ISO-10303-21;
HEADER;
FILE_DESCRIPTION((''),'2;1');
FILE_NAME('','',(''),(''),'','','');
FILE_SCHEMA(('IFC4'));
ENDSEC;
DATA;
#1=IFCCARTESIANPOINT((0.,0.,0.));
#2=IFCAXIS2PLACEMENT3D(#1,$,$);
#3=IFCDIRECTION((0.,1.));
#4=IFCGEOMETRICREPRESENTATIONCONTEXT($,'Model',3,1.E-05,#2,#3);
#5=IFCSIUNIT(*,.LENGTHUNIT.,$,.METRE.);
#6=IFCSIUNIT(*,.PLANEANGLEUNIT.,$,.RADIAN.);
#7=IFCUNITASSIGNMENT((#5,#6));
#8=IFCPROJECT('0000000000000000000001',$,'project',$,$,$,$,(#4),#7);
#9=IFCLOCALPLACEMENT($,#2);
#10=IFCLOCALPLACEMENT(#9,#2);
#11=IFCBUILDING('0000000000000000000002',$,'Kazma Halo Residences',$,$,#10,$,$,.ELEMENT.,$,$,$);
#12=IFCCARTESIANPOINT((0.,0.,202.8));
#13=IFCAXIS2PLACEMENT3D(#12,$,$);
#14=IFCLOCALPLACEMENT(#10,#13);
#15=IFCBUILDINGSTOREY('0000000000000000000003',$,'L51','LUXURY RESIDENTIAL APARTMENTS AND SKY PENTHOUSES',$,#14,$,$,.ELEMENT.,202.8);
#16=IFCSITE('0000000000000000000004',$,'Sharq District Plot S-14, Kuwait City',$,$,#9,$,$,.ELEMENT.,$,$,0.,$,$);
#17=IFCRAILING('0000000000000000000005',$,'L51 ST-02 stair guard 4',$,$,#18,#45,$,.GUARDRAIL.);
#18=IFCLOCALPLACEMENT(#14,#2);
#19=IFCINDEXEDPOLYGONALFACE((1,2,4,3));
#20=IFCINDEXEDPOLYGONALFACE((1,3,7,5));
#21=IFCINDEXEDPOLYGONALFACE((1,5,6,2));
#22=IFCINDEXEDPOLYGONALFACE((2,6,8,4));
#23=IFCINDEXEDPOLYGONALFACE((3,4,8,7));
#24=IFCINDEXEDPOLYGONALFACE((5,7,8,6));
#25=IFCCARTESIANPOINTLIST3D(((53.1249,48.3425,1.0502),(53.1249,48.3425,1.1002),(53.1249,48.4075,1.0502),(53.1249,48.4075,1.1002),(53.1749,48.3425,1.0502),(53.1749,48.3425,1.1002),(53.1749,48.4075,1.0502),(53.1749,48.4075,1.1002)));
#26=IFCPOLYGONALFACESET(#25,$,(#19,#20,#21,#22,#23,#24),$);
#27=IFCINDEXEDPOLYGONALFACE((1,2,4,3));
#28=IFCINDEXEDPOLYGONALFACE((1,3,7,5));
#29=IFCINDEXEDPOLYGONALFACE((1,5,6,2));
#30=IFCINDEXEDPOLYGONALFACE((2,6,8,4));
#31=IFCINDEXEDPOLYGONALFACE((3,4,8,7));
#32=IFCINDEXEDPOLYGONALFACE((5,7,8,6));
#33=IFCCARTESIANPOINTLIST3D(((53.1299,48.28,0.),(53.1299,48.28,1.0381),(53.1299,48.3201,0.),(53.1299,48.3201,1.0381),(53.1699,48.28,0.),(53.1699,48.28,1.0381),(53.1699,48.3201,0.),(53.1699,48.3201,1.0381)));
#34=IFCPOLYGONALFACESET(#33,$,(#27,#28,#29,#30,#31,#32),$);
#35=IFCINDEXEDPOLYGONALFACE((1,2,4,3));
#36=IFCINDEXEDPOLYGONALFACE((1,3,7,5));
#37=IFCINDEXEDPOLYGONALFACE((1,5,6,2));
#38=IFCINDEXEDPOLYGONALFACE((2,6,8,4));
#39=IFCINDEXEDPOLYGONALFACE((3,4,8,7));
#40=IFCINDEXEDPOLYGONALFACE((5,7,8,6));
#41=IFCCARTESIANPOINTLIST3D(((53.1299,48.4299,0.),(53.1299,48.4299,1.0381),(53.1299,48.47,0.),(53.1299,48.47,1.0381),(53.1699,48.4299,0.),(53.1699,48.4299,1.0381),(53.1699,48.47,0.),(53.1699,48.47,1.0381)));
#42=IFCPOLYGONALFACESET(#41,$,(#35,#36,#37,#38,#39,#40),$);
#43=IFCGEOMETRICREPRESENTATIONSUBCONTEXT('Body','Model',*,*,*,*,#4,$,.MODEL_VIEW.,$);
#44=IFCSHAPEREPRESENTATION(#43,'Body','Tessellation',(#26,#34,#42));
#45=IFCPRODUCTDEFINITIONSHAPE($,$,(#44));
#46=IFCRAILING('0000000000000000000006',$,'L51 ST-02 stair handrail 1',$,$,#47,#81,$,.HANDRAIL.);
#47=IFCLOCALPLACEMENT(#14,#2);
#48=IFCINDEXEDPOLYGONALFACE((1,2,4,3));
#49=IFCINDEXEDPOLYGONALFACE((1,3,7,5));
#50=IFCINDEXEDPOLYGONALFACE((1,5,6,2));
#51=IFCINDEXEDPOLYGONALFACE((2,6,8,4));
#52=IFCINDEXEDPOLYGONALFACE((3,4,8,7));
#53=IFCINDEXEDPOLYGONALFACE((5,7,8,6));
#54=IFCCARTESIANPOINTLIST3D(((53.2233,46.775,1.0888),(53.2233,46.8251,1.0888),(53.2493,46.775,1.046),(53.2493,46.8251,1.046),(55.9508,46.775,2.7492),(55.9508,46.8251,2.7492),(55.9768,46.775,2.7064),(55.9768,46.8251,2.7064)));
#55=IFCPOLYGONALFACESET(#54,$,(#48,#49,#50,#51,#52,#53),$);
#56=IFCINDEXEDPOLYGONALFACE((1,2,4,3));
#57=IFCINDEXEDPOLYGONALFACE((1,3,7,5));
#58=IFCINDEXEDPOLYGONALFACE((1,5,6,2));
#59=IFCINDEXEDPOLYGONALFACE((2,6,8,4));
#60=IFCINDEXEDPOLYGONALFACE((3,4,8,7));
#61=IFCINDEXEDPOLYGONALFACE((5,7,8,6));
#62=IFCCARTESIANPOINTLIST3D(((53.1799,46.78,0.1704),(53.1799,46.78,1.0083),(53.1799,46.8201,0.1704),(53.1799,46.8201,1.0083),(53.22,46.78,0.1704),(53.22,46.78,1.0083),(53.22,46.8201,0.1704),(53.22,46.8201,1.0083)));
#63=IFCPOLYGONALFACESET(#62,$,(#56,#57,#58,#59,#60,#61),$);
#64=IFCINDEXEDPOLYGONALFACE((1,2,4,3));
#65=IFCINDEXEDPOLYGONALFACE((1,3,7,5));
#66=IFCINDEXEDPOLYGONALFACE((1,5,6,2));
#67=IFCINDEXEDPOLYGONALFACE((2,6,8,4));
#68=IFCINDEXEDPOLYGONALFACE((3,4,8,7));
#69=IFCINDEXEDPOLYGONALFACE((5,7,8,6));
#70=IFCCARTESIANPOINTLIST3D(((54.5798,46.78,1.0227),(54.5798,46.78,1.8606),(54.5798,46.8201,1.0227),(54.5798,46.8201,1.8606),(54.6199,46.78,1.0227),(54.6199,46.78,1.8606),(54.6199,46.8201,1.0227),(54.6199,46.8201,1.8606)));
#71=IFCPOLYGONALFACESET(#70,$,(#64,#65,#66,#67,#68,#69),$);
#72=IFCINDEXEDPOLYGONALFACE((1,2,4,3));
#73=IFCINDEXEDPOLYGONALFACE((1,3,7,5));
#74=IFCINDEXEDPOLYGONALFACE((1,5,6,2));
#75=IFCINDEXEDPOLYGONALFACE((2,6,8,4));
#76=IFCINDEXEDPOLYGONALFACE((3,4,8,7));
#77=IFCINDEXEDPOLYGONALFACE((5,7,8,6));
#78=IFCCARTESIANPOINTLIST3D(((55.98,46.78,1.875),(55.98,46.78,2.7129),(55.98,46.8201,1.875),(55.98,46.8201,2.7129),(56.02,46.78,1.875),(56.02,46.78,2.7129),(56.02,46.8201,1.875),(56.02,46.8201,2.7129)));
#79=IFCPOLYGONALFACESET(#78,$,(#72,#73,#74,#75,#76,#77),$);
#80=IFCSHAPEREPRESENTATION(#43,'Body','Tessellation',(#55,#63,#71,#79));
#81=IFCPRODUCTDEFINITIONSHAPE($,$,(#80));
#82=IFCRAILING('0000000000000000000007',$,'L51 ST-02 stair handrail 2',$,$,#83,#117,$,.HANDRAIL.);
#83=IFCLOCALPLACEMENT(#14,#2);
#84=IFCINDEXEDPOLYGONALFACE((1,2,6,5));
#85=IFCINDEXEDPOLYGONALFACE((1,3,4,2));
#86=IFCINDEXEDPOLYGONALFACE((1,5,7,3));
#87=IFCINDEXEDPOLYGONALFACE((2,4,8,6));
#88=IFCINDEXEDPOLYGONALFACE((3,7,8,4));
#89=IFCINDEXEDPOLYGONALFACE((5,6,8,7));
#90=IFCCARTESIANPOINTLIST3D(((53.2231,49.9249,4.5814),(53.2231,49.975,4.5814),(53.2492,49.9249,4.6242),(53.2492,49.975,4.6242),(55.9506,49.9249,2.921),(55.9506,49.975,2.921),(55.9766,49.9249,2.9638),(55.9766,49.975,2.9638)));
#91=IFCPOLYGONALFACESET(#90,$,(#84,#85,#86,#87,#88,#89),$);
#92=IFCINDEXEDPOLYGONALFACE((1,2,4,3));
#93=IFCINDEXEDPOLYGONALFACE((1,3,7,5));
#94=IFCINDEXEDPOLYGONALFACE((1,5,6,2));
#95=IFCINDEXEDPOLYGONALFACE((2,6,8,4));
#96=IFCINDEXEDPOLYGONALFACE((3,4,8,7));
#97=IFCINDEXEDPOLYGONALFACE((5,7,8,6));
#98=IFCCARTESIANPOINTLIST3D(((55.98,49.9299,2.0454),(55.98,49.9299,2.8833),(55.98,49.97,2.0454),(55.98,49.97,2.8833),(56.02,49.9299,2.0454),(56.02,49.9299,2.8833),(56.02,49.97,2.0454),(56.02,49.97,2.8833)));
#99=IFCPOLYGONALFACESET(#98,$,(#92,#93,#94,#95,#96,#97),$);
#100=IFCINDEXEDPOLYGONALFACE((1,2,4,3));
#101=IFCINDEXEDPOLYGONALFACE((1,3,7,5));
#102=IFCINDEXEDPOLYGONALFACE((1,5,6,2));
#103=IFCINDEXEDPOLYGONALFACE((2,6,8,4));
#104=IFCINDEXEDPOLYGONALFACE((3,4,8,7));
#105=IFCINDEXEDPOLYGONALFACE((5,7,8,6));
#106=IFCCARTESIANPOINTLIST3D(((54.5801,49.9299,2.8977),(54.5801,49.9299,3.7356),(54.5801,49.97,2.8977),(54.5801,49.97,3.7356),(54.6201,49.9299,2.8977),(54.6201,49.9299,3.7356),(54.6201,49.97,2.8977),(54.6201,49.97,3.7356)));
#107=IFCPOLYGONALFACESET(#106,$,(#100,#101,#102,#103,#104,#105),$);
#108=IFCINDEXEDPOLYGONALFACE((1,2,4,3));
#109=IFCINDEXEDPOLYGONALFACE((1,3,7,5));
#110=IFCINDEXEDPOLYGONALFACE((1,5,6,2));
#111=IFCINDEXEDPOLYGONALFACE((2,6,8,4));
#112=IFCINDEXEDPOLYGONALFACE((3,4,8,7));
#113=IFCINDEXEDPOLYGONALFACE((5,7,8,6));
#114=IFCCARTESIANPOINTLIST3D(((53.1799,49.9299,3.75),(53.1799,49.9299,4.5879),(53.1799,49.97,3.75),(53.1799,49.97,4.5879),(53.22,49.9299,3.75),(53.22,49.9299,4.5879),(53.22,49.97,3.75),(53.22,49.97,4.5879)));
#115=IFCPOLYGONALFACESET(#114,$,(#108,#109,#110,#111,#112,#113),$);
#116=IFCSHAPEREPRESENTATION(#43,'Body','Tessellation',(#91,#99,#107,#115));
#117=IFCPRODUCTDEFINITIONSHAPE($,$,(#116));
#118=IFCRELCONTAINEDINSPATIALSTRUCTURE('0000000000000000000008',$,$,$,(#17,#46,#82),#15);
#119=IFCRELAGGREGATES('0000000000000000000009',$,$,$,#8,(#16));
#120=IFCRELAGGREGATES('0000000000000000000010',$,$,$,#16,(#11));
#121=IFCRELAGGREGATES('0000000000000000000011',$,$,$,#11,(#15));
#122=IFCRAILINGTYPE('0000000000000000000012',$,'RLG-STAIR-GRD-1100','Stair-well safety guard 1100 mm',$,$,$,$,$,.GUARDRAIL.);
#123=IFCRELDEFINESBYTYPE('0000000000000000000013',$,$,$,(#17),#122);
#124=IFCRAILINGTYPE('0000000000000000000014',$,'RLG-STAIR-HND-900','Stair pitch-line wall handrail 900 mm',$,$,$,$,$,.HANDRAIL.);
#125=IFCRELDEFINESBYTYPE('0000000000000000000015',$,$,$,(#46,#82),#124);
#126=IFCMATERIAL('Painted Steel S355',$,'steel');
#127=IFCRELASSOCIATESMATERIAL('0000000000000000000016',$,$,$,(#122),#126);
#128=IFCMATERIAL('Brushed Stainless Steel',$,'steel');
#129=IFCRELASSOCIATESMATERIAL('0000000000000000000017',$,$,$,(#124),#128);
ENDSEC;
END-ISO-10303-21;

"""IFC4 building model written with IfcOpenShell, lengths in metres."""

from ifc_helpers import new_model, si_unit, direction, frame, origin, origin_2d, place, context, subcontext, project, spatial, rectangle, extrude, material, type_object, element, save


model = new_model("IFC4")

# Units and contexts
model_context = context("Model", 3, precision=1e-05, world=origin(), true_north=direction((0.0, 1.0)))
body_context = subcontext(model_context, "Body", "Model", "MODEL_VIEW")
ifc_project = project(units=[si_unit("LENGTHUNIT", "METRE"), si_unit("PLANEANGLEUNIT", "RADIAN")], contexts=[model_context])

# Site, building, storey
site_placement = place(None, origin())
site = spatial("IfcSite", under=ifc_project, at=site_placement, Name="Sharq District Plot S-14, Kuwait City", CompositionType="ELEMENT", RefElevation=0.0)
building_placement = place(site_placement, origin())
building = spatial("IfcBuilding", under=site, at=building_placement, Name="Kazma Halo Residences", CompositionType="ELEMENT")
storey_placement = place(building_placement, frame((0.0, 0.0, 202.8)))
storey = spatial("IfcBuildingStorey", under=building, at=storey_placement, Name="L51", Description="LUXURY RESIDENTIAL APARTMENTS AND SKY PENTHOUSES", CompositionType="ELEMENT", Elevation=202.8)

# Railings
ifc_material_1 = material(Name="Painted Steel S355", Category="steel")
railing_type_1 = type_object("IfcRailingType", Name="RLG-STAIR-GRD-1100", Description="Stair-well safety guard 1100 mm", PredefinedType="GUARDRAIL", material=ifc_material_1)
railing_1_placement = place(storey_placement, frame((53.1499, 48.3, 0.0)))
element("IfcRailing", 1, at=railing_1_placement, inside=storey, type_object=railing_type_1, Name="L51 ST-02 stair guard 4", PredefinedType="GUARDRAIL", context=body_context, shape_type="SweptSolid", body=[
    extrude(rectangle(XDim=0.05, YDim=0.05, at=origin_2d()), frame((0.0, 0.0425, 1.0752), z_axis=(0.0, 1.0, 0.0), x_axis=(-1.0, 0.0, 0.0)), (0.0, 0.0, 1.0), 0.0649),
    extrude(rectangle(XDim=0.04, YDim=0.04, at=origin_2d()), origin(), (0.0, 0.0, 1.0), 1.0381),
    extrude(rectangle(XDim=0.04, YDim=0.04, at=origin_2d()), frame((0.0, 0.1499, 0.0)), (0.0, 0.0, 1.0), 1.0381),
])
ifc_material_2 = material(Name="Brushed Stainless Steel", Category="steel")
railing_type_2 = type_object("IfcRailingType", Name="RLG-STAIR-HND-900", Description="Stair pitch-line wall handrail 900 mm", PredefinedType="HANDRAIL", material=ifc_material_2)
railing_2_placement = place(storey_placement, frame((53.2, 46.8, 0.1704)))
element("IfcRailing", 2, at=railing_2_placement, inside=storey, type_object=railing_type_2, Name="L51 ST-02 stair handrail 1", PredefinedType="HANDRAIL", context=body_context, shape_type="SweptSolid", body=[
    extrude(rectangle(XDim=0.05, YDim=0.05, at=origin_2d()), frame((0.0364, 0.0, 0.897), z_axis=(0.85417, 0.0, 0.519994), x_axis=(0.0, 1.0, 0.0)), (0.0, 0.0, 1.0), 3.1931),
    extrude(rectangle(XDim=0.04, YDim=0.04, at=origin_2d()), origin(), (0.0, 0.0, 1.0), 0.8379),
    extrude(rectangle(XDim=0.04, YDim=0.04, at=origin_2d()), frame((1.3999, 0.0, 0.8523)), (0.0, 0.0, 1.0), 0.8379),
    extrude(rectangle(XDim=0.04, YDim=0.04, at=origin_2d()), frame((2.8, 0.0, 1.7046)), (0.0, 0.0, 1.0), 0.8379),
])
railing_3_placement = place(storey_placement, frame((56.0, 49.95, 2.0454)))
element("IfcRailing", 3, at=railing_3_placement, inside=storey, type_object=railing_type_2, Name="L51 ST-02 stair handrail 2", PredefinedType="HANDRAIL", context=body_context, shape_type="SweptSolid", body=[
    extrude(rectangle(XDim=0.05, YDim=0.05, at=origin_2d()), frame((-0.0364, 0.0, 0.897), z_axis=(-0.85417, 0.0, 0.519994), x_axis=(0.0, -1.0, 0.0)), (0.0, 0.0, 1.0), 3.1931),
    extrude(rectangle(XDim=0.04, YDim=0.04, at=origin_2d()), origin(), (0.0, 0.0, 1.0), 0.8379),
    extrude(rectangle(XDim=0.04, YDim=0.04, at=origin_2d()), frame((-1.3999, 0.0, 0.8523)), (0.0, 0.0, 1.0), 0.8379),
    extrude(rectangle(XDim=0.04, YDim=0.04, at=origin_2d()), frame((-2.8, 0.0, 1.7046)), (0.0, 0.0, 1.0), 0.8379),
])

save(model, "model.ifc")
